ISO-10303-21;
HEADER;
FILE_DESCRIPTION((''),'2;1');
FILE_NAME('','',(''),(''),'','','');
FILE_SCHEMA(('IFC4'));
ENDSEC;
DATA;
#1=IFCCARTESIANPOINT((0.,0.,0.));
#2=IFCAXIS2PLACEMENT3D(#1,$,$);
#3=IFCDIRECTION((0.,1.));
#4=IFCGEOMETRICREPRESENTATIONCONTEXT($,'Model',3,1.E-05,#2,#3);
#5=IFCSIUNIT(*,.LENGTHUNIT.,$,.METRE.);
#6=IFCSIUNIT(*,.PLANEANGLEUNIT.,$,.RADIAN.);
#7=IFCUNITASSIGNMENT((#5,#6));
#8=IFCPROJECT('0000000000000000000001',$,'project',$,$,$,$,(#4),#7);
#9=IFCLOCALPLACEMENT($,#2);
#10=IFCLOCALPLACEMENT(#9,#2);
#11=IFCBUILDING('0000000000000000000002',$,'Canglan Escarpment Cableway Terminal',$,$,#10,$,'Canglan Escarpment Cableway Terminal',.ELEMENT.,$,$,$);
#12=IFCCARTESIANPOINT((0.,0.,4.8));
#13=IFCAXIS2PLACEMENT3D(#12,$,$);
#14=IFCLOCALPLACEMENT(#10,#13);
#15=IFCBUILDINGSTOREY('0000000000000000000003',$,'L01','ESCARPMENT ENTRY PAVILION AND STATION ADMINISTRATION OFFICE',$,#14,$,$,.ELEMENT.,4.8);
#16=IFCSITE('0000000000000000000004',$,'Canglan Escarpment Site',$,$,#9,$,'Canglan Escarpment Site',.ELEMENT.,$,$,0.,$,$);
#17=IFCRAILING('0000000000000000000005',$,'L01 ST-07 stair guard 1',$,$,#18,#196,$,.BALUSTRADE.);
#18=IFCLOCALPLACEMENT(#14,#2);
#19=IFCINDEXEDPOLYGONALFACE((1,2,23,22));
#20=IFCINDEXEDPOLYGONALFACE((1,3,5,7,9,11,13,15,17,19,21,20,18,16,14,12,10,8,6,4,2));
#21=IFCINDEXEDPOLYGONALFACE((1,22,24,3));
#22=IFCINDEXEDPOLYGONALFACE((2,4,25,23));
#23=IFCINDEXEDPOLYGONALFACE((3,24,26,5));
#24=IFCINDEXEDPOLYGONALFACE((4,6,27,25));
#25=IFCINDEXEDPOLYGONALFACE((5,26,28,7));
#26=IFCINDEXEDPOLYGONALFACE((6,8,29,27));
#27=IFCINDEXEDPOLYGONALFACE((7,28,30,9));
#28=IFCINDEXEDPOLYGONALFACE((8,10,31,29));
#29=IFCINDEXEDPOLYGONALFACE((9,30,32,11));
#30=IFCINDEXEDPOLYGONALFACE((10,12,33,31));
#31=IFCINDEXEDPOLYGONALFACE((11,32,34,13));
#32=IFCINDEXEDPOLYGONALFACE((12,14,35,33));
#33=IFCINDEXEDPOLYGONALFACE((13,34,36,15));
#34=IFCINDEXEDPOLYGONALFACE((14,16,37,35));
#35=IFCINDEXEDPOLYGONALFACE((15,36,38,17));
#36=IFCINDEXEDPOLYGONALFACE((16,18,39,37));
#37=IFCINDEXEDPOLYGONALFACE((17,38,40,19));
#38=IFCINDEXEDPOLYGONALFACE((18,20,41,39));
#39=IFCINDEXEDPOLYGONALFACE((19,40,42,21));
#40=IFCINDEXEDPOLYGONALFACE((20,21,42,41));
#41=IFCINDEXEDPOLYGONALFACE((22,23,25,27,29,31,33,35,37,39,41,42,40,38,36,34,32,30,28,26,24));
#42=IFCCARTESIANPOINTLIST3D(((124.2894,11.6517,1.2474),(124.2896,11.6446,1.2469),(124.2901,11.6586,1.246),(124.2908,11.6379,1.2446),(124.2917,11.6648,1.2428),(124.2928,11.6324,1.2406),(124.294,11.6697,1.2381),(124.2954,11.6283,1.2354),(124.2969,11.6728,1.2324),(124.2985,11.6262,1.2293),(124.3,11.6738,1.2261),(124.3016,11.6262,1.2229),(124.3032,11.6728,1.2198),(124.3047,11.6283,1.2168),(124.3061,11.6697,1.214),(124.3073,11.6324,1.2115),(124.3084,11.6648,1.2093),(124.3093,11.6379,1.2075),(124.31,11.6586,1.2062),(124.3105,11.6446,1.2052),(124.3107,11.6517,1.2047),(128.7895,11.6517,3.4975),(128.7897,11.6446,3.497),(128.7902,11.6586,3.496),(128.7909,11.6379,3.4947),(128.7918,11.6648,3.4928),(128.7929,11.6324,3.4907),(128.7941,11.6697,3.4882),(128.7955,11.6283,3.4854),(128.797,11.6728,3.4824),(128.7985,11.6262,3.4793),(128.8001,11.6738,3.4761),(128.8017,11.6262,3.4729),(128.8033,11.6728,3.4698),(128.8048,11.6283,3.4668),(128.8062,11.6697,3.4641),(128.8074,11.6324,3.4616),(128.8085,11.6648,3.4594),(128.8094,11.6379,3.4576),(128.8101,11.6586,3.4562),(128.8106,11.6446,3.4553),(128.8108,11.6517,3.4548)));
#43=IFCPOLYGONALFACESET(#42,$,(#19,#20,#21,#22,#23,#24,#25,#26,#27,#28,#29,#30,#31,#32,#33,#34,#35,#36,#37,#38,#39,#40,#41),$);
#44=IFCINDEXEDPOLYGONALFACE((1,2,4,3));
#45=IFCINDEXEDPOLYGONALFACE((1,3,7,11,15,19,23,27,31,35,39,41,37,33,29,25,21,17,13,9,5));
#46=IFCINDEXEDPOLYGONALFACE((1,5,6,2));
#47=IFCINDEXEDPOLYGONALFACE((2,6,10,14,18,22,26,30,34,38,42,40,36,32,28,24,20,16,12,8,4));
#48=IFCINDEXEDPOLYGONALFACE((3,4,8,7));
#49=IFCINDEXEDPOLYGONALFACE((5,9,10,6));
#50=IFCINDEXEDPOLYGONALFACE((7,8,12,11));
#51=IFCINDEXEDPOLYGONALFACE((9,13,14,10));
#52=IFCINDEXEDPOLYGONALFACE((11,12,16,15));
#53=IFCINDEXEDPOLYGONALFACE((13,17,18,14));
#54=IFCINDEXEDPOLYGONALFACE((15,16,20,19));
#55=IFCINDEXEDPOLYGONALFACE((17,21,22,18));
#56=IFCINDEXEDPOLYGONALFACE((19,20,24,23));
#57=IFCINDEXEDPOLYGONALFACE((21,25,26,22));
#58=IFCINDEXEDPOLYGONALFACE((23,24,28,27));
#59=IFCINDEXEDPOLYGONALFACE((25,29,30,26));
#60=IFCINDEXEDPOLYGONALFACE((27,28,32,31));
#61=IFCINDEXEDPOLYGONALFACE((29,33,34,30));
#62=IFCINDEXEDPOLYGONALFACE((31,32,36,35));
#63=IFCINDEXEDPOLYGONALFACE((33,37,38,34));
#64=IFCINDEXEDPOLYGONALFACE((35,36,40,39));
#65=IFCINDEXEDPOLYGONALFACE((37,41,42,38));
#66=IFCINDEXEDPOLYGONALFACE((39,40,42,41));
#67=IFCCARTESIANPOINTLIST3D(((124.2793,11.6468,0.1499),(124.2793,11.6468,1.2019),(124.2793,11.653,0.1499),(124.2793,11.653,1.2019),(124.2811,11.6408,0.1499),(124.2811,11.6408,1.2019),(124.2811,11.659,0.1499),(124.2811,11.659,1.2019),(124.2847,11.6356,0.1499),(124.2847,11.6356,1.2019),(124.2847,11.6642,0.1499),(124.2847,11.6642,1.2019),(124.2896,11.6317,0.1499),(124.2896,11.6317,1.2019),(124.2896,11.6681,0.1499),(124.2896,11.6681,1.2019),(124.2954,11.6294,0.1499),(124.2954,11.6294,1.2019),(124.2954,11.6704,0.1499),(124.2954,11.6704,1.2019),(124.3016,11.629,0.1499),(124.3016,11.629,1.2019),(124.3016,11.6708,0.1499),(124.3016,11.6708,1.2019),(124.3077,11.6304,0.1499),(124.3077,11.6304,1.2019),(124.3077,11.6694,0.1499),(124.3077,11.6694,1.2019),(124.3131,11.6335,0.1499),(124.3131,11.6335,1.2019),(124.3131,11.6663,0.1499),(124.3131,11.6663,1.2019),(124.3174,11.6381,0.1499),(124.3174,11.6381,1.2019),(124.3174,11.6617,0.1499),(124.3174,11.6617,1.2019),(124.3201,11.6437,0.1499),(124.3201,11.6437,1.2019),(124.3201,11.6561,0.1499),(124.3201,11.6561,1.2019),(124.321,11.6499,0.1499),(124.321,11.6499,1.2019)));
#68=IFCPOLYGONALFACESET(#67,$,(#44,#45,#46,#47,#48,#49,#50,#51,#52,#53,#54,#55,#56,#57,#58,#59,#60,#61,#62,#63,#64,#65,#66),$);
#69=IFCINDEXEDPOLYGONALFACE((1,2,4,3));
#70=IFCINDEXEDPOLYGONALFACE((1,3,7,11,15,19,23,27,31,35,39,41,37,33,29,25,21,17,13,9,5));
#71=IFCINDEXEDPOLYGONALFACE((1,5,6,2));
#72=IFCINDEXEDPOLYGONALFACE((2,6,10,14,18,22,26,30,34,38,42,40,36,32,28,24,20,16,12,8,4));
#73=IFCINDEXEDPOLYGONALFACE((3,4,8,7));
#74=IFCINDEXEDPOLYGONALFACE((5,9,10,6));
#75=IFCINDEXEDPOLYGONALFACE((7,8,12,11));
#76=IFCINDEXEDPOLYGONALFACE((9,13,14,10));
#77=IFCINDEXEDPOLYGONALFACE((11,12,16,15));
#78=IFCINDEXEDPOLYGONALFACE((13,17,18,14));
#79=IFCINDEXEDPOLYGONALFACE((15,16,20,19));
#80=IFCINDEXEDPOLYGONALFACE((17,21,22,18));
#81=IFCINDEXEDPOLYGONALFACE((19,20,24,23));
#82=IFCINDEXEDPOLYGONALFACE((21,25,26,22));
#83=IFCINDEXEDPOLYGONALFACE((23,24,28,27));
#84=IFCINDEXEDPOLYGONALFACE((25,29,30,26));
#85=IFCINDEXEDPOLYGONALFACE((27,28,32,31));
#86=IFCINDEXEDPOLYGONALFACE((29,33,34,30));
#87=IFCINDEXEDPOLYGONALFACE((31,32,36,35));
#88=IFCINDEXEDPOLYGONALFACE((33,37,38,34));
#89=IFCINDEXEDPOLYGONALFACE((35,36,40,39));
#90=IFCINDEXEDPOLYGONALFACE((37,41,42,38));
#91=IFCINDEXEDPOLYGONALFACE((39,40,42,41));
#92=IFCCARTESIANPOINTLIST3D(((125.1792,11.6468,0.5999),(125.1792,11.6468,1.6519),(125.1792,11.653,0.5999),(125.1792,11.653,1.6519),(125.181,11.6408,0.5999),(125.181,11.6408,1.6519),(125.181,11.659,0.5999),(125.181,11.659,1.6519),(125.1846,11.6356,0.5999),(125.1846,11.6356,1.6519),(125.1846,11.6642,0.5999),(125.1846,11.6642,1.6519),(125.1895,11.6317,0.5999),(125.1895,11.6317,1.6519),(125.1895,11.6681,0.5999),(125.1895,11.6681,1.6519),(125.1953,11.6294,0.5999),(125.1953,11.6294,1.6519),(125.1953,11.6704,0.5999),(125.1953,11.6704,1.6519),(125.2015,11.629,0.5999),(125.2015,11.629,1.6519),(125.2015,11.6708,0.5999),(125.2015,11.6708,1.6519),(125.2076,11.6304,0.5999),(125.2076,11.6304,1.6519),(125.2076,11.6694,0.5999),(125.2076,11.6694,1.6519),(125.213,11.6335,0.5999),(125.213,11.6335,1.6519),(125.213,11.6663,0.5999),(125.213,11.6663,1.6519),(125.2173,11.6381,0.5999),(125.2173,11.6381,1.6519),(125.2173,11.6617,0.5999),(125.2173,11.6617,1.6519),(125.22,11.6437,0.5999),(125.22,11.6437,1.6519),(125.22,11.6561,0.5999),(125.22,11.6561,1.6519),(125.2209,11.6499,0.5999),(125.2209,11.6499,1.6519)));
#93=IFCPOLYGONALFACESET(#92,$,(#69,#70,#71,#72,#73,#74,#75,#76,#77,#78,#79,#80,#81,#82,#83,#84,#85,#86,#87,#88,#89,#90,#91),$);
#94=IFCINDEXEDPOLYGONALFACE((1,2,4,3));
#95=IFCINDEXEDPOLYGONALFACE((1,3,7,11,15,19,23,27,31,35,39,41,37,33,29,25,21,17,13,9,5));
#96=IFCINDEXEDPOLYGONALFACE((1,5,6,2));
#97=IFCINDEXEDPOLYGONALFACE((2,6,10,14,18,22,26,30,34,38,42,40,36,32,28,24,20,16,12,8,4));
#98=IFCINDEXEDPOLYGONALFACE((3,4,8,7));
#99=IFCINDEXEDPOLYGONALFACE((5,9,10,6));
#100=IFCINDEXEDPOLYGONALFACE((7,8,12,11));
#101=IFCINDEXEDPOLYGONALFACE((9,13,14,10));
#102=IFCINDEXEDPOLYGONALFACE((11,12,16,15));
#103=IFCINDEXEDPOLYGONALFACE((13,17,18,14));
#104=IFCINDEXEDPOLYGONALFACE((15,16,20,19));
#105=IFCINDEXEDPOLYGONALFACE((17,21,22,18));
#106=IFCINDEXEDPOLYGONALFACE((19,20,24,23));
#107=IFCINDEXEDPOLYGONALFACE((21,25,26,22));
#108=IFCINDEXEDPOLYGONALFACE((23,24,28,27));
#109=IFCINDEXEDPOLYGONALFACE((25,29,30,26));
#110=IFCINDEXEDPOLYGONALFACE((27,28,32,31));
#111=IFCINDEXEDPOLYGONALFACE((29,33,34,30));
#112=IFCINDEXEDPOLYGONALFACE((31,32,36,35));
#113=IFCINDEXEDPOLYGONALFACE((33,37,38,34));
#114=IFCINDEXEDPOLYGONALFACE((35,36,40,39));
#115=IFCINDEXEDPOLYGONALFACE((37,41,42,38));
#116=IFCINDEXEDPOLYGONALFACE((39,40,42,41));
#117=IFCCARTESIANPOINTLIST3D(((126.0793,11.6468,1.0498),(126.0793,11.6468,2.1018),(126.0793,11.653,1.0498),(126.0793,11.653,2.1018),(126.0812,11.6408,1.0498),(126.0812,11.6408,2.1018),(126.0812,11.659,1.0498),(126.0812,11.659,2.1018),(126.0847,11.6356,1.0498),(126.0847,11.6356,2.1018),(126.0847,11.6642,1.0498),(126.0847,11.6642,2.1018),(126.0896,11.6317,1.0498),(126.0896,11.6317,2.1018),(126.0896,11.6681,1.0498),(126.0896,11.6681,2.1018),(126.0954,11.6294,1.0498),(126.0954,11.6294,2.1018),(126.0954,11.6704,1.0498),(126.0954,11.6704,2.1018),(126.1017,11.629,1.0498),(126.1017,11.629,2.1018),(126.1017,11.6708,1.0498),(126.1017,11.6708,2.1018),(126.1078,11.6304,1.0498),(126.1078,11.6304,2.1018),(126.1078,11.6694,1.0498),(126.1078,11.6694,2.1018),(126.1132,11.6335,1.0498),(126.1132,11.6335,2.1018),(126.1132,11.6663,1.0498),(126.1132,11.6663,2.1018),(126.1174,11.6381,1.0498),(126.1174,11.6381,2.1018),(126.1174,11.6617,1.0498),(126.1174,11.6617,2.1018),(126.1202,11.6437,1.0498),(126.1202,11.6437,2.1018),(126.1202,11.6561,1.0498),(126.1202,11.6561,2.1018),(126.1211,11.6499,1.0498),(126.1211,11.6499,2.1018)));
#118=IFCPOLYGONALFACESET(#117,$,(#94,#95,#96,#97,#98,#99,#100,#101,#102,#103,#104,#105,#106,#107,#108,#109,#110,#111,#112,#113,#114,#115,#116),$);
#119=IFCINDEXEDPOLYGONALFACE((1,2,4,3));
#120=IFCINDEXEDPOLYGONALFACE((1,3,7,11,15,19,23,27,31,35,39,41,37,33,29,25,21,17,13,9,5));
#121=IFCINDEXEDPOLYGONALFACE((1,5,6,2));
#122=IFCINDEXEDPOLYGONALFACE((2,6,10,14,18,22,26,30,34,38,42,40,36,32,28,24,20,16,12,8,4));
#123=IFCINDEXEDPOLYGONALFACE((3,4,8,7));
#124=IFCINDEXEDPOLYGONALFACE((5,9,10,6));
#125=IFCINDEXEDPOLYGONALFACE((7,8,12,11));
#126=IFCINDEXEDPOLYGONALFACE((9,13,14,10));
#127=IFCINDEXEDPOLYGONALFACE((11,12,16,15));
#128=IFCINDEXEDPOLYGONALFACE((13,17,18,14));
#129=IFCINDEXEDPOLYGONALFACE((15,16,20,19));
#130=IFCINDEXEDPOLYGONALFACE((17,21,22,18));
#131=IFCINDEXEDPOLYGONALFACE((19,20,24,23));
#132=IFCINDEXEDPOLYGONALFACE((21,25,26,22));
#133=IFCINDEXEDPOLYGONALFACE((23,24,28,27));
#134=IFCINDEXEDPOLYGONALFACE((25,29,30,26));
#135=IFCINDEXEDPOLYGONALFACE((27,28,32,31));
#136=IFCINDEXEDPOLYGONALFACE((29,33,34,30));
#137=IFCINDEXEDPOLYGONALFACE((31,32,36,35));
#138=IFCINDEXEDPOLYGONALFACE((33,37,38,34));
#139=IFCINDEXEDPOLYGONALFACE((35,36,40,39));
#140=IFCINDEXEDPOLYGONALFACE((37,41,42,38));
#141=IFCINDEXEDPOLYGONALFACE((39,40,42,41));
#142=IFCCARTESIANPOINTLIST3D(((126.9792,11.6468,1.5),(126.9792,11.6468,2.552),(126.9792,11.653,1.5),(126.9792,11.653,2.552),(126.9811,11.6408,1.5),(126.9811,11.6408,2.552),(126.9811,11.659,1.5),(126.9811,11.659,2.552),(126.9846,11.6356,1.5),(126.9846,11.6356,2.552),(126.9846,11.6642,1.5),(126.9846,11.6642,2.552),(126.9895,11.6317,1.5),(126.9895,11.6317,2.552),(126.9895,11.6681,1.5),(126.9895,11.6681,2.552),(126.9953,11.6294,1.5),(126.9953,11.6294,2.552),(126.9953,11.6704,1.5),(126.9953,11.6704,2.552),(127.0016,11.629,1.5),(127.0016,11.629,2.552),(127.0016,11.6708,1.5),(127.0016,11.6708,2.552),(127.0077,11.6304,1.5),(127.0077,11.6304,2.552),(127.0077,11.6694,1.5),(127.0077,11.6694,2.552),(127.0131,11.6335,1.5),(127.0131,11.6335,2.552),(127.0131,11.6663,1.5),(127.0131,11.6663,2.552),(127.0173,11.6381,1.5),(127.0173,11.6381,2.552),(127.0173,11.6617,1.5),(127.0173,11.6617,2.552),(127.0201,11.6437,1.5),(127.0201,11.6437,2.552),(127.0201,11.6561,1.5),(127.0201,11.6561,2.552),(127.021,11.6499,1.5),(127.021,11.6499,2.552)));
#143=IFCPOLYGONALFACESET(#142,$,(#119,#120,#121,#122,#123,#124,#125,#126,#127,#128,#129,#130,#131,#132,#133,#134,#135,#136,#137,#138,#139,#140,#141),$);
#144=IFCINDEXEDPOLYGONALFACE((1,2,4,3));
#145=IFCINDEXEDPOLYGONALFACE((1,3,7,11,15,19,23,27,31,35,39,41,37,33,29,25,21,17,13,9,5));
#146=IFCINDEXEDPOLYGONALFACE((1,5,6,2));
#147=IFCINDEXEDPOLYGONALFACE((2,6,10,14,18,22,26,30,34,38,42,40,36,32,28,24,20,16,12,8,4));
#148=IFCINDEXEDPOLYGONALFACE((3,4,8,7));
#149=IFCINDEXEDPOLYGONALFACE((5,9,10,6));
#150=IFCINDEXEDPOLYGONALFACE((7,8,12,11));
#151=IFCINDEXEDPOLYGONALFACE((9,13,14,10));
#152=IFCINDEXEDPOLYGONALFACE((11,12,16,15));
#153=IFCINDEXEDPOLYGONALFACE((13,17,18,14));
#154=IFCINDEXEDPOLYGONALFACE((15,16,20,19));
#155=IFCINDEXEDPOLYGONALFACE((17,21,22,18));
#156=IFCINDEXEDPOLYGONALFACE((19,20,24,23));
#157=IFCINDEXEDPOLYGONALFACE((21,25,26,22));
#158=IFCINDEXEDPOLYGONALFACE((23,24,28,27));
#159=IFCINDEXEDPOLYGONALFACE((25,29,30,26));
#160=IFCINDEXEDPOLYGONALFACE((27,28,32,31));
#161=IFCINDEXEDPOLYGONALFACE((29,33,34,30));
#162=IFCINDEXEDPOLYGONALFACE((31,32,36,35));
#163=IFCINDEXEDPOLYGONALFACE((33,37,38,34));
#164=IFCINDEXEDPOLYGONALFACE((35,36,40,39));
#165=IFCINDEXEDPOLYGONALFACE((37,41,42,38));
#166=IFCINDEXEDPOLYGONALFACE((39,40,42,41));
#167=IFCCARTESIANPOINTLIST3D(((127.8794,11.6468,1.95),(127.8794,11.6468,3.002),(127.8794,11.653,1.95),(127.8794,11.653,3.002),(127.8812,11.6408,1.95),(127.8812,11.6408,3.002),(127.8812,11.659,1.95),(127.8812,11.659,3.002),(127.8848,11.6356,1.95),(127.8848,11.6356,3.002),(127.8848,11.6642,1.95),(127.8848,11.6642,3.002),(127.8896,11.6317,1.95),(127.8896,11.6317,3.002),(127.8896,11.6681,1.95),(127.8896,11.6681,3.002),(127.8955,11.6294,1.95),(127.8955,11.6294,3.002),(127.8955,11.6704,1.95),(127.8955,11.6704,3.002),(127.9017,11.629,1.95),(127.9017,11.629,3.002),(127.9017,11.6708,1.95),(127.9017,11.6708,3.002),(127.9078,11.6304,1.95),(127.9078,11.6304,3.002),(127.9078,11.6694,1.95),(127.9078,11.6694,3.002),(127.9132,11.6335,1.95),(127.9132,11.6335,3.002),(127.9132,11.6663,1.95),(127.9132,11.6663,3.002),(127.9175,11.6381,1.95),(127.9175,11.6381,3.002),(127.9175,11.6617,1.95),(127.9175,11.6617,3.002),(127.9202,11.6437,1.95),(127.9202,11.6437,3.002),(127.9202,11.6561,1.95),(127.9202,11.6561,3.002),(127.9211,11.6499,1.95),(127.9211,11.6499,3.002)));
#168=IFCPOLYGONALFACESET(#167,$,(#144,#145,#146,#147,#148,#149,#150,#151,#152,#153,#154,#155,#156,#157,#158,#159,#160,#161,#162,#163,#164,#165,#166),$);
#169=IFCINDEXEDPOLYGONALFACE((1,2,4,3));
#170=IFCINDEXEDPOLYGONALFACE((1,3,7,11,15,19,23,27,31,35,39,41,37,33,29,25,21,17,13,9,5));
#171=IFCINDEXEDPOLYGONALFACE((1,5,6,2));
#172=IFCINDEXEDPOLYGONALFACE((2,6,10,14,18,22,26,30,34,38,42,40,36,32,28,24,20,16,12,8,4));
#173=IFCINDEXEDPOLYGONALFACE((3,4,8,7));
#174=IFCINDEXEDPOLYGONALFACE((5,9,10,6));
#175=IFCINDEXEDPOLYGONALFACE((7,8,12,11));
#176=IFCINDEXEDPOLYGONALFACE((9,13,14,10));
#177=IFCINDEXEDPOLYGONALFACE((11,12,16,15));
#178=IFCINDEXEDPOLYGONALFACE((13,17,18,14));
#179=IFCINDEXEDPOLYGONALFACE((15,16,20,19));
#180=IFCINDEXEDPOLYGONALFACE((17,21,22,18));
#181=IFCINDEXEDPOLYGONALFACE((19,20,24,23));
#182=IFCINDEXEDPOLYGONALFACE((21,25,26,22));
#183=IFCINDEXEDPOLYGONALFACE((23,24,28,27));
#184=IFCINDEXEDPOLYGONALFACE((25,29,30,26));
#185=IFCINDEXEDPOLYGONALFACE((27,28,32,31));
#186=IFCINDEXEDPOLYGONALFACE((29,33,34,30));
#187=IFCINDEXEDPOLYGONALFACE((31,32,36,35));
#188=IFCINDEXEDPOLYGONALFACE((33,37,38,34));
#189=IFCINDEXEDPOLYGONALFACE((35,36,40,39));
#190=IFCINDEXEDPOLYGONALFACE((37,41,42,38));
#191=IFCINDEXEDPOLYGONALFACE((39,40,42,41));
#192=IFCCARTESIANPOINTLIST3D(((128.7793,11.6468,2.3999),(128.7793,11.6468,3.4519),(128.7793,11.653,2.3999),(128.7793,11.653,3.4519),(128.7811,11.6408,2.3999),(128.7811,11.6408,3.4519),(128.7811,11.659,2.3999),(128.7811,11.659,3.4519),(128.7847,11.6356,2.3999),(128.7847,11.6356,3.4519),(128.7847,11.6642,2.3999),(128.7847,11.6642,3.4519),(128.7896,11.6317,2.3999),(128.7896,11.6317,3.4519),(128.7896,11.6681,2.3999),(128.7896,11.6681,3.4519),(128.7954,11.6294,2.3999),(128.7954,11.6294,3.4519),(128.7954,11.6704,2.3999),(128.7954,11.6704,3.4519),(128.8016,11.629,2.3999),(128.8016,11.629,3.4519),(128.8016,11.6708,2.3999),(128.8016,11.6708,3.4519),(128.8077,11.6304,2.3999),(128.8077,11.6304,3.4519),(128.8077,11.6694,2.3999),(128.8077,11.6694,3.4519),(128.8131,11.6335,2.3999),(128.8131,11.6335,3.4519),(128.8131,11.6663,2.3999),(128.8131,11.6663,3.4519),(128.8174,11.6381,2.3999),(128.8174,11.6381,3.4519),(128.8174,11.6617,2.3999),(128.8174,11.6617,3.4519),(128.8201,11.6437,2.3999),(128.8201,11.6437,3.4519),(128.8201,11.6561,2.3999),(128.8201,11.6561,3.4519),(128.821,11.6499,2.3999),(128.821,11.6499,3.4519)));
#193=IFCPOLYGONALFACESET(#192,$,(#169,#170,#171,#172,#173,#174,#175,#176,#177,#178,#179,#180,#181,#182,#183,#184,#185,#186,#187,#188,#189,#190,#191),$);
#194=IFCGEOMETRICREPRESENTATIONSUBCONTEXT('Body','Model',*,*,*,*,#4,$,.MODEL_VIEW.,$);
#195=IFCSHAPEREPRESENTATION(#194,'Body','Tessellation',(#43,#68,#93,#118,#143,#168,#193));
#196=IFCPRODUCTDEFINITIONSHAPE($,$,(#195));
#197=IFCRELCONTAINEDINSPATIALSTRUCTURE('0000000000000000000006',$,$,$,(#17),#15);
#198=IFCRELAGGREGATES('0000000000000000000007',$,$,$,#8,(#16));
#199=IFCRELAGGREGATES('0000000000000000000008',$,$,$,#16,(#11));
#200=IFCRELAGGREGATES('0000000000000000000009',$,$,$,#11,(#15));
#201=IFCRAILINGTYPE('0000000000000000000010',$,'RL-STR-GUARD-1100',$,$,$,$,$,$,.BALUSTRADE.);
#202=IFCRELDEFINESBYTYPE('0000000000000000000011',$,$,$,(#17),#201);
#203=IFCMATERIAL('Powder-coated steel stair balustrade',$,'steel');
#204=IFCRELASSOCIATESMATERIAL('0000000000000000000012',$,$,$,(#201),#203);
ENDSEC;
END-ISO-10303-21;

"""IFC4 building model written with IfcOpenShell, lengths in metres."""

from ifc_helpers import new_model, si_unit, direction, frame, origin, origin_2d, place, context, subcontext, project, spatial, circle, extrude, material, type_object, element, save


model = new_model("IFC4")

# Units and contexts
model_context = context("Model", 3, precision=1e-05, world=origin(), true_north=direction((0.0, 1.0)))
body_context = subcontext(model_context, "Body", "Model", "MODEL_VIEW")
ifc_project = project(units=[si_unit("LENGTHUNIT", "METRE"), si_unit("PLANEANGLEUNIT", "RADIAN")], contexts=[model_context])

# Site, building, storey
site_placement = place(None, origin())
site = spatial("IfcSite", under=ifc_project, at=site_placement, Name="Canglan Escarpment Site", LongName="Canglan Escarpment Site", CompositionType="ELEMENT", RefElevation=0.0)
building_placement = place(site_placement, origin())
building = spatial("IfcBuilding", under=site, at=building_placement, Name="Canglan Escarpment Cableway Terminal", LongName="Canglan Escarpment Cableway Terminal", CompositionType="ELEMENT")
storey_placement = place(building_placement, frame((0.0, 0.0, 4.8)))
storey = spatial("IfcBuildingStorey", under=building, at=storey_placement, Name="L01", Description="ESCARPMENT ENTRY PAVILION AND STATION ADMINISTRATION OFFICE", CompositionType="ELEMENT", Elevation=4.8)

# Railing
ifc_material_1 = material(Name="Powder-coated steel stair balustrade", Category="steel")
railing_type_1 = type_object("IfcRailingType", Name="RL-STR-GUARD-1100", PredefinedType="BALUSTRADE", material=ifc_material_1)
railing_1_placement = place(storey_placement, frame((124.3, 11.6499, 0.1499)))
element("IfcRailing", 1, at=railing_1_placement, inside=storey, type_object=railing_type_1, Name="L01 ST-07 stair guard 1", PredefinedType="BALUSTRADE", context=body_context, shape_type="SweptSolid", body=[
    extrude(circle(Radius=0.0239, at=origin_2d()), frame((0.0, 0.0, 1.0762), z_axis=(0.894427, 0.0, 0.447214), x_axis=(0.0, 1.0, 0.0)), (0.0, 0.0, 1.0), 5.0312),
    extrude(circle(Radius=0.021, at=origin_2d()), origin(), (0.0, 0.0, 1.0), 1.052),
    extrude(circle(Radius=0.021, at=origin_2d()), frame((0.8999, 0.0, 0.45)), (0.0, 0.0, 1.0), 1.052),
    extrude(circle(Radius=0.021, at=origin_2d()), frame((1.8, 0.0, 0.8999)), (0.0, 0.0, 1.0), 1.052),
    extrude(circle(Radius=0.021, at=origin_2d()), frame((2.7, 0.0, 1.3501)), (0.0, 0.0, 1.0), 1.052),
    extrude(circle(Radius=0.021, at=origin_2d()), frame((3.6001, 0.0, 1.8)), (0.0, 0.0, 1.0), 1.052),
    extrude(circle(Radius=0.021, at=origin_2d()), frame((4.5, 0.0, 2.25)), (0.0, 0.0, 1.0), 1.052),
])

save(model, "model.ifc")
